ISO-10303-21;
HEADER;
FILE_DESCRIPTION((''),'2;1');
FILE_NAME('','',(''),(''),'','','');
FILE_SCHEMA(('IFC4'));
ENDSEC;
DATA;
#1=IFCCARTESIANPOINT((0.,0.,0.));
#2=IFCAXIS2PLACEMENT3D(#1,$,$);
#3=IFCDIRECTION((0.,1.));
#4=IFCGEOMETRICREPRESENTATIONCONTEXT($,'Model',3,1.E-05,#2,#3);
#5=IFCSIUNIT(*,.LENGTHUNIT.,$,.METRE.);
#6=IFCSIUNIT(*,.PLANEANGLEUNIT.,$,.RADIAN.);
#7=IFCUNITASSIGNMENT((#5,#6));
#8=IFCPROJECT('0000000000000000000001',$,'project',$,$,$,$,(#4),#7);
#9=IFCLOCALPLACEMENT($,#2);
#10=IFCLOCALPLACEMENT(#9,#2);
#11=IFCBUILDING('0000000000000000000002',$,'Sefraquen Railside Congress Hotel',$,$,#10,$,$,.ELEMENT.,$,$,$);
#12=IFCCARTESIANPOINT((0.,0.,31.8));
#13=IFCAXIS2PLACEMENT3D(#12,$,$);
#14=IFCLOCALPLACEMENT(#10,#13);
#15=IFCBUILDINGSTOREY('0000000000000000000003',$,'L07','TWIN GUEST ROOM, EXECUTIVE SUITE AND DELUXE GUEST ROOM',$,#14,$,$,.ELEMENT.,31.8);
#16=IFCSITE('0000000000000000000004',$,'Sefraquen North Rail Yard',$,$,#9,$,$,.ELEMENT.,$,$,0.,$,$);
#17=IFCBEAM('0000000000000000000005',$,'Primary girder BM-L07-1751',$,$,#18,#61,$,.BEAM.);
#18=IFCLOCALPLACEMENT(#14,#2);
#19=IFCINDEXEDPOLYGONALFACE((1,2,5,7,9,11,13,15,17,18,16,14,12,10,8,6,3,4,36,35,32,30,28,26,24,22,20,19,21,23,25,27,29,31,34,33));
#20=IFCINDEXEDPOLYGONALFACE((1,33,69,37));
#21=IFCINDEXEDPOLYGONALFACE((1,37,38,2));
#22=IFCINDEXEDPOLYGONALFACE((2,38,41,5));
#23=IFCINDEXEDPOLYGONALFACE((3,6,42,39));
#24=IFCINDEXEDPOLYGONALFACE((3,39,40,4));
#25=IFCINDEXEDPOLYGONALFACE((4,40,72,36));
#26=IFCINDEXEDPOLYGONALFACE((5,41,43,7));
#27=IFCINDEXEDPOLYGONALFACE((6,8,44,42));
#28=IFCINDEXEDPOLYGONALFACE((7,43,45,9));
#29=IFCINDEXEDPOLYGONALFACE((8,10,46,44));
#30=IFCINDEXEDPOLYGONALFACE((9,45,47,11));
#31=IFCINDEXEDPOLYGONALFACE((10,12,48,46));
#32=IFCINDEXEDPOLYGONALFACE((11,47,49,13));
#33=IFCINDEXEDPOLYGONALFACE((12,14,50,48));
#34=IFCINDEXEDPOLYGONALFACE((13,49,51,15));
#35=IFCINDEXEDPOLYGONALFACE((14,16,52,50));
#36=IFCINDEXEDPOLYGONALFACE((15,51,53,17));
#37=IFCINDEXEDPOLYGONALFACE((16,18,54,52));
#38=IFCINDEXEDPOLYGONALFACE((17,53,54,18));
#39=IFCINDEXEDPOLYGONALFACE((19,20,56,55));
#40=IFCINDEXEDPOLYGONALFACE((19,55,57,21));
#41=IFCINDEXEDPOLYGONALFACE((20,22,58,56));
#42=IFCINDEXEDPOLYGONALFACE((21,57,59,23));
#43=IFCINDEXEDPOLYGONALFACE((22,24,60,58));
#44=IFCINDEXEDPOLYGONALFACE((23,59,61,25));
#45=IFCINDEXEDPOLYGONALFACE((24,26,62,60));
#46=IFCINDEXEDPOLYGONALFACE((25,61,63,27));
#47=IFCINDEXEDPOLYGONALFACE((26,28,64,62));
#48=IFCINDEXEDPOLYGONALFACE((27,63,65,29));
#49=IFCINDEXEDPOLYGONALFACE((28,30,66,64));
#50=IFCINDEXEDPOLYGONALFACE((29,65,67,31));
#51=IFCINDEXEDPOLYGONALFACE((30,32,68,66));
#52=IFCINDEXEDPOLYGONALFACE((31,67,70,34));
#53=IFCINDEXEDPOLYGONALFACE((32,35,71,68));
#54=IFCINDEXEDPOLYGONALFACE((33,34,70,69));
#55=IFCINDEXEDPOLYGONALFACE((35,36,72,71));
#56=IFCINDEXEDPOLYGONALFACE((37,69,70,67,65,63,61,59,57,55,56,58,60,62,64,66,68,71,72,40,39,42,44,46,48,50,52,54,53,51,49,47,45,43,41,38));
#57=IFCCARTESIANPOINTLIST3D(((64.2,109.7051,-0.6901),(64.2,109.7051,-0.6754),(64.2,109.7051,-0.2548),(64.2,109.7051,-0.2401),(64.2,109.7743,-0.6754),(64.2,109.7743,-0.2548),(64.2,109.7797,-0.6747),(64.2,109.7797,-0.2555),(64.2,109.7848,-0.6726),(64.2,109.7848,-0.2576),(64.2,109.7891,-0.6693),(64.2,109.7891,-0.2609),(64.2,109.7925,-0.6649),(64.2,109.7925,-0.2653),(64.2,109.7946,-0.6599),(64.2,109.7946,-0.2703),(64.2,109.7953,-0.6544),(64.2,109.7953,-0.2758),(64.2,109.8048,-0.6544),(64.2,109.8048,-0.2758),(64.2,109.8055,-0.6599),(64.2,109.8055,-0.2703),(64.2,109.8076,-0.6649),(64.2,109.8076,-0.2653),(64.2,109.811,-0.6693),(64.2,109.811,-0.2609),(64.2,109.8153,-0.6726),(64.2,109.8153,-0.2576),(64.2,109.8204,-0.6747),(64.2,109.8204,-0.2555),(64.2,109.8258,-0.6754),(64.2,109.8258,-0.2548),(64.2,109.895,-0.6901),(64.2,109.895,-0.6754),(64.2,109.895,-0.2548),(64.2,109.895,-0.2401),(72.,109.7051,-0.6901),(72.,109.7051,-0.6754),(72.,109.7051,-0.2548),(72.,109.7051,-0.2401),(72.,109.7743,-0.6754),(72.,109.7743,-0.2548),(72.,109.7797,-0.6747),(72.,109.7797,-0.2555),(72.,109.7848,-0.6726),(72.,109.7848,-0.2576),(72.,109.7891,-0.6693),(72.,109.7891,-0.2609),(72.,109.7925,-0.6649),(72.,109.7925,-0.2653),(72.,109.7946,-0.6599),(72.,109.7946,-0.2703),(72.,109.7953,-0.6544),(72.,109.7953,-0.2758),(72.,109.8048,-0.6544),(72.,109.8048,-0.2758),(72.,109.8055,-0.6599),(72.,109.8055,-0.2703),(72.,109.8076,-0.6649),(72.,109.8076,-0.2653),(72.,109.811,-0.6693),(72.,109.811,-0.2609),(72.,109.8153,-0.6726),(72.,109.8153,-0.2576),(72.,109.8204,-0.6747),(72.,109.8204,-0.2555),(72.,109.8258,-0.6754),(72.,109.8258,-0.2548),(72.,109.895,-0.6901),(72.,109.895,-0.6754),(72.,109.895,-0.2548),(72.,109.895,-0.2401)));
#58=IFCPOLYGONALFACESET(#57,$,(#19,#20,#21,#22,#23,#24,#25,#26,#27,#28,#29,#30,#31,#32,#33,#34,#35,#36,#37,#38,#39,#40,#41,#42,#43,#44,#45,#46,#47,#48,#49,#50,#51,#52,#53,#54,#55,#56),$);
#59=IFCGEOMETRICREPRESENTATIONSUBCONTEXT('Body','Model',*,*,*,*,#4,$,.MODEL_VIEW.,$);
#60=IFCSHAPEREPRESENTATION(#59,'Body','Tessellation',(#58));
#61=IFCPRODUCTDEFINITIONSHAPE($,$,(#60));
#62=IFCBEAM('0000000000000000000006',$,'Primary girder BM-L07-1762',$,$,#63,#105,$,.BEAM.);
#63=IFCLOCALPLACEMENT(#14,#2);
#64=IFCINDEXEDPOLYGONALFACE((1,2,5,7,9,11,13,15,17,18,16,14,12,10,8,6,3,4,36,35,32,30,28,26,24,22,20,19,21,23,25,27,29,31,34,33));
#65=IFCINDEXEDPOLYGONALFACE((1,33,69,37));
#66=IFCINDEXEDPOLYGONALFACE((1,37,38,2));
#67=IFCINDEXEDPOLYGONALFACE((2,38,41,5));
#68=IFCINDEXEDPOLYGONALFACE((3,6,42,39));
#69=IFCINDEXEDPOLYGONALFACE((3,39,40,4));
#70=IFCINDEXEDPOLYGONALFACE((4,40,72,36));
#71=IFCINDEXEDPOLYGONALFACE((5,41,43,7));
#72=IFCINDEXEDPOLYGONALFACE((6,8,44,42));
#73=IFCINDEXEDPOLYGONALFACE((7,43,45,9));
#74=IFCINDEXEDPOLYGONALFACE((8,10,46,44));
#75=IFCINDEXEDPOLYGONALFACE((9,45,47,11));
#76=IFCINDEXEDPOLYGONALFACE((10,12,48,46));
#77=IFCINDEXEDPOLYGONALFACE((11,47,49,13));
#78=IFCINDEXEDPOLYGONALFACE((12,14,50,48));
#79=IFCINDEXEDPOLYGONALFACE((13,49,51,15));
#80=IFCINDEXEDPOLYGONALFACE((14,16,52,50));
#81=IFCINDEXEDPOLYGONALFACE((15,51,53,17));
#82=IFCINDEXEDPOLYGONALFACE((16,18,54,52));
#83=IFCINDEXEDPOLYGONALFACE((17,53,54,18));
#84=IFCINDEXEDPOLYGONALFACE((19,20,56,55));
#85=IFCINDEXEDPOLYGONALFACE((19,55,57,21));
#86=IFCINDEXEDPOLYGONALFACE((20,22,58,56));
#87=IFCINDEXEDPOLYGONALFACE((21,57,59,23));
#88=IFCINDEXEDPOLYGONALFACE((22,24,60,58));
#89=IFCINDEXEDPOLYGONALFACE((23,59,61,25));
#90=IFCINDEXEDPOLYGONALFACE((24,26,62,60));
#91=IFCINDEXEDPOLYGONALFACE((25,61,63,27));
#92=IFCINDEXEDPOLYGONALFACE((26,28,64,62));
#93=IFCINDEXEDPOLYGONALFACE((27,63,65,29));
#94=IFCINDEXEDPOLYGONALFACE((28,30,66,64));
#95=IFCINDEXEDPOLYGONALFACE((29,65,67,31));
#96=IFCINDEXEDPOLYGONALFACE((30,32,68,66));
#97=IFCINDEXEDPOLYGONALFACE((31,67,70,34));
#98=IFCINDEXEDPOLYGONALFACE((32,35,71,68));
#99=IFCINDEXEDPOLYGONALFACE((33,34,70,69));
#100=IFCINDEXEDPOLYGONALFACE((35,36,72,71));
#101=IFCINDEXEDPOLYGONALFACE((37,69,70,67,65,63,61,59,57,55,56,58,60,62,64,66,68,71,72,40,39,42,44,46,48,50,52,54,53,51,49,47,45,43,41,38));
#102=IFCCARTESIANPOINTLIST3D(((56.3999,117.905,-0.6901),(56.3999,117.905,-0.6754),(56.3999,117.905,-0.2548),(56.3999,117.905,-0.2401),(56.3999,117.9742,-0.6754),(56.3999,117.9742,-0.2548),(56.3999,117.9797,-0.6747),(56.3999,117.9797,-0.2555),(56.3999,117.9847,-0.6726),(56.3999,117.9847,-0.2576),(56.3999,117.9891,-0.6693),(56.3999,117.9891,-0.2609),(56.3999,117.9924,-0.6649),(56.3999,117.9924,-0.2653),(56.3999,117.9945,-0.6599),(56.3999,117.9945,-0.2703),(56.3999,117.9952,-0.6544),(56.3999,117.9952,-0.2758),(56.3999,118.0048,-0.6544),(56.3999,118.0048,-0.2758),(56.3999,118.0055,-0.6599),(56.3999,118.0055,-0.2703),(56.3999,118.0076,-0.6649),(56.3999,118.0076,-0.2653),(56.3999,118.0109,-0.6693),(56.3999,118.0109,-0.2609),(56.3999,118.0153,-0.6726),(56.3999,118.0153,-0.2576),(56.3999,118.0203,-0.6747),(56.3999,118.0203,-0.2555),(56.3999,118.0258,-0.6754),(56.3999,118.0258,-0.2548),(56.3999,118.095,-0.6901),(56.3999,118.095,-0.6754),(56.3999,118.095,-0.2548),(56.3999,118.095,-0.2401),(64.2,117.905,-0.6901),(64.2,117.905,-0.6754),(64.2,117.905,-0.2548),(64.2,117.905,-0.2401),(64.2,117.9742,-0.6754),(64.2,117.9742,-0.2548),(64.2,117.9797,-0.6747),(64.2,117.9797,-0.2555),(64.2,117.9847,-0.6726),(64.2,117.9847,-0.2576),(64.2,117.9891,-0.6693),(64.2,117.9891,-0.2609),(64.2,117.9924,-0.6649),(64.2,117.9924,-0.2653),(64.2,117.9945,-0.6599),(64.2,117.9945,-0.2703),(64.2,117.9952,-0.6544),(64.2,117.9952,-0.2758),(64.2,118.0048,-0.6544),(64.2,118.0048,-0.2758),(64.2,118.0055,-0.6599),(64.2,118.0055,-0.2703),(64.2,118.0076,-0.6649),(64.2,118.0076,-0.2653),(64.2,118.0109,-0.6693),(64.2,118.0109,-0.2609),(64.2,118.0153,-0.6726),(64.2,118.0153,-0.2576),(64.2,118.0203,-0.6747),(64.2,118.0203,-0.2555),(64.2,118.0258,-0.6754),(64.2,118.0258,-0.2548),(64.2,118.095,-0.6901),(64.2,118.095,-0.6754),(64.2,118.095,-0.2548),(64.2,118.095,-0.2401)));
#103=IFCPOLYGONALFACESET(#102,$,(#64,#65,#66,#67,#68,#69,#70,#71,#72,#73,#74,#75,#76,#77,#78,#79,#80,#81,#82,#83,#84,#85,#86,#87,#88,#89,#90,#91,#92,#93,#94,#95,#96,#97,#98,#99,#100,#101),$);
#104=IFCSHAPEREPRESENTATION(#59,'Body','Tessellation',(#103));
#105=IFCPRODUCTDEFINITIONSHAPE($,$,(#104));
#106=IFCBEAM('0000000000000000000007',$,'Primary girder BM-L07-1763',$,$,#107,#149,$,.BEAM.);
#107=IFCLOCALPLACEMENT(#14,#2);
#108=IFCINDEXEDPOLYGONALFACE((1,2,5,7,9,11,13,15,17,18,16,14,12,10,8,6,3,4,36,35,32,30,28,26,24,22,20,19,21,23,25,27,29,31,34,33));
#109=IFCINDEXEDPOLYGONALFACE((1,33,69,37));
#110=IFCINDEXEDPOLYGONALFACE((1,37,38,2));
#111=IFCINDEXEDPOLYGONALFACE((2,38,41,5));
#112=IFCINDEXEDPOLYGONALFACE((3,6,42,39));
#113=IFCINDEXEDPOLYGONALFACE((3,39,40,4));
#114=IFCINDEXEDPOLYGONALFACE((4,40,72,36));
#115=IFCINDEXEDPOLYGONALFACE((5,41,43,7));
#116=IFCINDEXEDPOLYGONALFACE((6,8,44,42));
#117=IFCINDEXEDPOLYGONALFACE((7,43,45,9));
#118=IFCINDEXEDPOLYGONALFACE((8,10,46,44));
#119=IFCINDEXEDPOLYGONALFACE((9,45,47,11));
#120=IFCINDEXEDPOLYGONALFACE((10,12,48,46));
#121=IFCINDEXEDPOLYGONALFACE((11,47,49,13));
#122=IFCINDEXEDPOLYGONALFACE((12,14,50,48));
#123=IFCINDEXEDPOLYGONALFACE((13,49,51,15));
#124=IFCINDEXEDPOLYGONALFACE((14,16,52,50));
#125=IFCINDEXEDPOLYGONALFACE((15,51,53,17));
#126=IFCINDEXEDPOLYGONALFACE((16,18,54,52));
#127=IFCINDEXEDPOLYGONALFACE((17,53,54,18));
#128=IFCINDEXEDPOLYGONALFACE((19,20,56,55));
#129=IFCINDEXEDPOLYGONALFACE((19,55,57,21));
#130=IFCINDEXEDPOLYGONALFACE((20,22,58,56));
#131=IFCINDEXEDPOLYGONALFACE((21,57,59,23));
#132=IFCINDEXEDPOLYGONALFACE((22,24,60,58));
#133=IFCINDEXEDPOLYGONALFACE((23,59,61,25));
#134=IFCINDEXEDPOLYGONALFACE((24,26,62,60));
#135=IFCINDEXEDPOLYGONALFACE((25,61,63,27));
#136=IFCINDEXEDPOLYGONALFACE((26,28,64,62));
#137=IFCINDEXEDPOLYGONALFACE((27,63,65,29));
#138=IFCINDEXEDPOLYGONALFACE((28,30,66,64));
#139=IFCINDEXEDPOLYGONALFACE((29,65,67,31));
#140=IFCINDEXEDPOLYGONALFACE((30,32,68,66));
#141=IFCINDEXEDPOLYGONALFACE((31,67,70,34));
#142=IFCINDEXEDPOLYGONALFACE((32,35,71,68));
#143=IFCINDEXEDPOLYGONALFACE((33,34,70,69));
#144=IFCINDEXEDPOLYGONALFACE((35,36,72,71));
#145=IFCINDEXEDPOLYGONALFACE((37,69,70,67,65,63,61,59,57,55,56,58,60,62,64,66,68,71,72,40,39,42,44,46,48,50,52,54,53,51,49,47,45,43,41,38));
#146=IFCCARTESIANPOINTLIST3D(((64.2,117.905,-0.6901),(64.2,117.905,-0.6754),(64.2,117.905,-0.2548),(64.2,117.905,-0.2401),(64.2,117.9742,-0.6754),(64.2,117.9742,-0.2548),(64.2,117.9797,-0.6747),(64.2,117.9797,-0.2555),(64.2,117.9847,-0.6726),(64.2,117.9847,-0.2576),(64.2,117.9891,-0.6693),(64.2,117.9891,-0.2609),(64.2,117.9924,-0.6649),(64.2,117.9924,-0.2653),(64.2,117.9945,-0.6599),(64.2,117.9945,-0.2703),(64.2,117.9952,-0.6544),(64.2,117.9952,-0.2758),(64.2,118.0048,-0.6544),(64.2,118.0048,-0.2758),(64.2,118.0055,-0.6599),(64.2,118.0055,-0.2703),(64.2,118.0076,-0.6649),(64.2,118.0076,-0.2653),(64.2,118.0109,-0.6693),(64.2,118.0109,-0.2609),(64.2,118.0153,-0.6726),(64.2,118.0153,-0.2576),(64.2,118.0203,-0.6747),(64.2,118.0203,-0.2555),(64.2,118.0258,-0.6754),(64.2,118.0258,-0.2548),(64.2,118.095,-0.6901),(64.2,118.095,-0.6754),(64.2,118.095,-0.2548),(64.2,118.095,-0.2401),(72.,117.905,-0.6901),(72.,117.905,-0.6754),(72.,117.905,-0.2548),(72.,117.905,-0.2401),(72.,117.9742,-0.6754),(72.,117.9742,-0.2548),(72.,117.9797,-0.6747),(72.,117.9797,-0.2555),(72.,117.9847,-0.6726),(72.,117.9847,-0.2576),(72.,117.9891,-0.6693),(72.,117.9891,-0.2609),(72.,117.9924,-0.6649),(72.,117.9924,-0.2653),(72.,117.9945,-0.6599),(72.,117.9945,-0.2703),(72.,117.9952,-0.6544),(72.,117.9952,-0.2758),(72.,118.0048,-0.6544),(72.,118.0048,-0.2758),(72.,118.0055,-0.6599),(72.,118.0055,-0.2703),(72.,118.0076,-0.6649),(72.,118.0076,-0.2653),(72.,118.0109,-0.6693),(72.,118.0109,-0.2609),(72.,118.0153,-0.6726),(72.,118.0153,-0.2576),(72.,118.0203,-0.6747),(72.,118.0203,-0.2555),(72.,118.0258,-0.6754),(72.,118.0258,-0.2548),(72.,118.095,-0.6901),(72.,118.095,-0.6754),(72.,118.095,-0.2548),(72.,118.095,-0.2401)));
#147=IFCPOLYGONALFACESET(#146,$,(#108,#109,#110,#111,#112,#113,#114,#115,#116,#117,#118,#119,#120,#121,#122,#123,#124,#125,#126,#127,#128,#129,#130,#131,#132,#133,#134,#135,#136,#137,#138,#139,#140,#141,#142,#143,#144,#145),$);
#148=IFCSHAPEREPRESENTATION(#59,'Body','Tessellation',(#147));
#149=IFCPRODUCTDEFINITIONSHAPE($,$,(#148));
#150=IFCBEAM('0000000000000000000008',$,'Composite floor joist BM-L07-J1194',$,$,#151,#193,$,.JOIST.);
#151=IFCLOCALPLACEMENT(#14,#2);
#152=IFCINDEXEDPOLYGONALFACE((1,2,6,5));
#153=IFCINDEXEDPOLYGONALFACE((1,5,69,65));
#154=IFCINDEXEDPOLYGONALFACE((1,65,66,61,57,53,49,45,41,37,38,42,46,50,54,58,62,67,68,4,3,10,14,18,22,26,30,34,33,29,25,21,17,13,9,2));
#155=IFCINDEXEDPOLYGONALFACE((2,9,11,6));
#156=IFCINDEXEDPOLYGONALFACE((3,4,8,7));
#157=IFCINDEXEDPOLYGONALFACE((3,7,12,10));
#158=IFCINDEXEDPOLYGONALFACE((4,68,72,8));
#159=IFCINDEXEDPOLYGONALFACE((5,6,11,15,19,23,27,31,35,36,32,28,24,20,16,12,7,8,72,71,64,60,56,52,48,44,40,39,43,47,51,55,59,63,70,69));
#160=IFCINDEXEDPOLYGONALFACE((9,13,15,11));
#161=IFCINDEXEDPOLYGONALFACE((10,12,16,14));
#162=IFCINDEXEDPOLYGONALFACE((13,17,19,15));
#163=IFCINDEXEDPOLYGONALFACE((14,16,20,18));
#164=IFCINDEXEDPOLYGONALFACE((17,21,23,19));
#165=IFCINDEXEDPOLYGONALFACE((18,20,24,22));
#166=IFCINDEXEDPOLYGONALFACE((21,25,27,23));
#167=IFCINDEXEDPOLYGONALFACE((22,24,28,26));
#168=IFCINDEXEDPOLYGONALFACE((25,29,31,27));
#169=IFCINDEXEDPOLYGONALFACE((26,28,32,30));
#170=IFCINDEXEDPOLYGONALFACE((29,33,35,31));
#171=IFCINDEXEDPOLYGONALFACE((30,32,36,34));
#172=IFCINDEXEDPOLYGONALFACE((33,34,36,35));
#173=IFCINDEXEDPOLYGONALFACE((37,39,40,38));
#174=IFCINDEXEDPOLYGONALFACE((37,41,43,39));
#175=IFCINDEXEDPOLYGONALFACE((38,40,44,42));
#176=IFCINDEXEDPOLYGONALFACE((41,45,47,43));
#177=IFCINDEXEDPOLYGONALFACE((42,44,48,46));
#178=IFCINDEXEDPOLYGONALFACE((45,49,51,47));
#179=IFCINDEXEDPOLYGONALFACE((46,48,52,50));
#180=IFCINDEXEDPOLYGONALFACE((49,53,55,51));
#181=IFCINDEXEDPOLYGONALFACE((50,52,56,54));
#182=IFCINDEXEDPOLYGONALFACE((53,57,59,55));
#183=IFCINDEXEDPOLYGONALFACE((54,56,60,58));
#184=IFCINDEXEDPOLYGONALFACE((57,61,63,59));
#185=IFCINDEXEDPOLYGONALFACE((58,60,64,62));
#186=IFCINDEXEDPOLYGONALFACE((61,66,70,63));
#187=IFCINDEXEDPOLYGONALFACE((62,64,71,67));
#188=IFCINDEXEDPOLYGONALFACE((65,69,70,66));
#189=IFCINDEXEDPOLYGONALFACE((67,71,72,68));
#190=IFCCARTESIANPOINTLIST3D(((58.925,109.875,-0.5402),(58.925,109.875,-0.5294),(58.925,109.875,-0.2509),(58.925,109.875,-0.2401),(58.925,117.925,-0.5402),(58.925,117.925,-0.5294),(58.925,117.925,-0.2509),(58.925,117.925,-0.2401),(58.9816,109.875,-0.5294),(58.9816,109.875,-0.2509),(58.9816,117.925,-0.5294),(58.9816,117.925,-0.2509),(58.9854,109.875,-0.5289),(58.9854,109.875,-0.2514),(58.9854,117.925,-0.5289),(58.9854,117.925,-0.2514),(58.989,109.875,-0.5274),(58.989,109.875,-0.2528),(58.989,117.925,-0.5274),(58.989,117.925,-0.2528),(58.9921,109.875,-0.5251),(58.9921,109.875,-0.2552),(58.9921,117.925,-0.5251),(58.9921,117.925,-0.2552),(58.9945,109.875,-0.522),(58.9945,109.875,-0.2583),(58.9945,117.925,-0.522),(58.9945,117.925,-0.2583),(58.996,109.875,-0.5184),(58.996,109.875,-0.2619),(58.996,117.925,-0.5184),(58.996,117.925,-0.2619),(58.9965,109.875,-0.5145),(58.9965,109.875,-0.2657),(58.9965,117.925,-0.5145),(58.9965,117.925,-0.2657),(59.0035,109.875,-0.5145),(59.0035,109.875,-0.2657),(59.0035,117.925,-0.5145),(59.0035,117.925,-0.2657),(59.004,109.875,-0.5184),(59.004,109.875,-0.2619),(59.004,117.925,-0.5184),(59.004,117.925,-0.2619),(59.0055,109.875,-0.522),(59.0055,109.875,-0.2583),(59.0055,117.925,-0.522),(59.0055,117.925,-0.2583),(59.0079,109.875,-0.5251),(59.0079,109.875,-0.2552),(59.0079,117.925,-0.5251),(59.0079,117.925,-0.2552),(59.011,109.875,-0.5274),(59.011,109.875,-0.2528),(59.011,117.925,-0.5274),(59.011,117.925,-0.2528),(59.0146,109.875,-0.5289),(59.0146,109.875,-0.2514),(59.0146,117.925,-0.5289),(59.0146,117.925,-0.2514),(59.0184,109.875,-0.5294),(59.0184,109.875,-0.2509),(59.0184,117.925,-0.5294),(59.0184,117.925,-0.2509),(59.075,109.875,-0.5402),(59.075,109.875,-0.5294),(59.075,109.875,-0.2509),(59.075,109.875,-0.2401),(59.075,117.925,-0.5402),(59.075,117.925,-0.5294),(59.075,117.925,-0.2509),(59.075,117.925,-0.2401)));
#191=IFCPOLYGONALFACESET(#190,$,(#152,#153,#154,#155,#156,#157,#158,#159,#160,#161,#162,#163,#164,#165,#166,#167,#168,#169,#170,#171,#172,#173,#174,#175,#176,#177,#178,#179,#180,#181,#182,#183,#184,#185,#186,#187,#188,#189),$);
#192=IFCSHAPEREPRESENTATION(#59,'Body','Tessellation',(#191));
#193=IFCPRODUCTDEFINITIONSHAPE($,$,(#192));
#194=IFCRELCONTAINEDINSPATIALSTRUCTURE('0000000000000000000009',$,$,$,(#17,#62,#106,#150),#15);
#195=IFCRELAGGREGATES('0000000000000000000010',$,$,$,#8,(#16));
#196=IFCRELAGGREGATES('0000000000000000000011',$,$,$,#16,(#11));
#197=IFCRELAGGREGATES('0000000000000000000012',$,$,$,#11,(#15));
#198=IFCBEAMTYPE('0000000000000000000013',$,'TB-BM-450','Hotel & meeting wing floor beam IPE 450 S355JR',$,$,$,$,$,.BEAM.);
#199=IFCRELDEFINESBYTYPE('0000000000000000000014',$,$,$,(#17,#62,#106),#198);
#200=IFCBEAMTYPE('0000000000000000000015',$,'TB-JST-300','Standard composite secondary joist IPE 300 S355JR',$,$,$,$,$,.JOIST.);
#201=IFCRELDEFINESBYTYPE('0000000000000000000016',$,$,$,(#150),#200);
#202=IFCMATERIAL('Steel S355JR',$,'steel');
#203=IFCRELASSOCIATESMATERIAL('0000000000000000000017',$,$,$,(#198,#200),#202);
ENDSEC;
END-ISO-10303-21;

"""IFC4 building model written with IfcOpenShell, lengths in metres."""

from ifc_helpers import new_model, si_unit, direction, frame, origin, origin_2d, place, context, subcontext, project, spatial, i_section, extrude, material, material_profile, profile_set, type_object, element, save


model = new_model("IFC4")

# Units and contexts
model_context = context("Model", 3, precision=1e-05, world=origin(), true_north=direction((0.0, 1.0)))
body_context = subcontext(model_context, "Body", "Model", "MODEL_VIEW")
ifc_project = project(units=[si_unit("LENGTHUNIT", "METRE"), si_unit("PLANEANGLEUNIT", "RADIAN")], contexts=[model_context])

# Site, building, storey
site_placement = place(None, origin())
site = spatial("IfcSite", under=ifc_project, at=site_placement, Name="Sefraquen North Rail Yard", CompositionType="ELEMENT", RefElevation=0.0)
building_placement = place(site_placement, origin())
building = spatial("IfcBuilding", under=site, at=building_placement, Name="Sefraquen Railside Congress Hotel", CompositionType="ELEMENT")
storey_placement = place(building_placement, frame((0.0, 0.0, 31.8)))
storey = spatial("IfcBuildingStorey", under=building, at=storey_placement, Name="L07", Description="TWIN GUEST ROOM, EXECUTIVE SUITE AND DELUXE GUEST ROOM", CompositionType="ELEMENT", Elevation=31.8)

# Shared definitions
ifc_material_1 = material(Name="Steel S355JR", Category="steel")

# Beams
ifc_material_profile_1 = material_profile(ifc_material_1, i_section(OverallWidth=0.1899, OverallDepth=0.45, WebThickness=0.0095, FlangeThickness=0.0146, FilletRadius=0.021, at=origin_2d()), Name="IPE 450")
ifc_profile_set_1 = profile_set([ifc_material_profile_1], Name="Steel S355JR")
beam_type_1 = type_object("IfcBeamType", Name="TB-BM-450", Description="Hotel & meeting wing floor beam IPE 450 S355JR", PredefinedType="BEAM", material=ifc_profile_set_1)
for number, where, z_axis, x_axis, name in (
    (1, (64.2, 109.8, -0.4651), (1.0, 0.0, 0.0), (0.0, 1.0, 0.0), "Primary girder BM-L07-1751"),
    (2, (56.3999, 118.0, -0.4651), (1.0, 0.0, 0.0), (0.0, 1.0, 0.0), "Primary girder BM-L07-1762"),
    (3, (64.2, 118.0, -0.4651), (1.0, 0.0, 0.0), (0.0, 1.0, 0.0), "Primary girder BM-L07-1763"),
):
    element("IfcBeam", number, at=place(storey_placement, frame(where, z_axis=z_axis, x_axis=x_axis)), inside=storey, type_object=beam_type_1, Name=name, PredefinedType="BEAM", context=body_context, shape_type="SweptSolid", body=[
        extrude(i_section(OverallWidth=0.1899, OverallDepth=0.45, WebThickness=0.0095, FlangeThickness=0.0146, FilletRadius=0.021, at=origin_2d()), origin(), (0.0, 0.0, 1.0), 7.8),
    ])
ifc_material_profile_2 = material_profile(ifc_material_1, i_section(OverallWidth=0.1499, OverallDepth=0.3, WebThickness=0.0071, FlangeThickness=0.0107, FilletRadius=0.0149, at=origin_2d()), Name="IPE 300")
ifc_profile_set_2 = profile_set([ifc_material_profile_2], Name="Steel S355JR")
beam_type_2 = type_object("IfcBeamType", Name="TB-JST-300", Description="Standard composite secondary joist IPE 300 S355JR", PredefinedType="JOIST", material=ifc_profile_set_2)
for number, where, z_axis, x_axis, name in (
    (4, (59.0, 109.875, -0.3901), (0.0, 1.0, 0.0), (-1.0, 0.0, 0.0), "Composite floor joist BM-L07-J1194"),
):
    element("IfcBeam", number, at=place(storey_placement, frame(where, z_axis=z_axis, x_axis=x_axis)), inside=storey, type_object=beam_type_2, Name=name, PredefinedType="JOIST", context=body_context, shape_type="SweptSolid", body=[
        extrude(i_section(OverallWidth=0.1499, OverallDepth=0.3, WebThickness=0.0071, FlangeThickness=0.0107, FilletRadius=0.0149, at=origin_2d()), origin(), (0.0, 0.0, 1.0), 8.05),
    ])

save(model, "model.ifc")
